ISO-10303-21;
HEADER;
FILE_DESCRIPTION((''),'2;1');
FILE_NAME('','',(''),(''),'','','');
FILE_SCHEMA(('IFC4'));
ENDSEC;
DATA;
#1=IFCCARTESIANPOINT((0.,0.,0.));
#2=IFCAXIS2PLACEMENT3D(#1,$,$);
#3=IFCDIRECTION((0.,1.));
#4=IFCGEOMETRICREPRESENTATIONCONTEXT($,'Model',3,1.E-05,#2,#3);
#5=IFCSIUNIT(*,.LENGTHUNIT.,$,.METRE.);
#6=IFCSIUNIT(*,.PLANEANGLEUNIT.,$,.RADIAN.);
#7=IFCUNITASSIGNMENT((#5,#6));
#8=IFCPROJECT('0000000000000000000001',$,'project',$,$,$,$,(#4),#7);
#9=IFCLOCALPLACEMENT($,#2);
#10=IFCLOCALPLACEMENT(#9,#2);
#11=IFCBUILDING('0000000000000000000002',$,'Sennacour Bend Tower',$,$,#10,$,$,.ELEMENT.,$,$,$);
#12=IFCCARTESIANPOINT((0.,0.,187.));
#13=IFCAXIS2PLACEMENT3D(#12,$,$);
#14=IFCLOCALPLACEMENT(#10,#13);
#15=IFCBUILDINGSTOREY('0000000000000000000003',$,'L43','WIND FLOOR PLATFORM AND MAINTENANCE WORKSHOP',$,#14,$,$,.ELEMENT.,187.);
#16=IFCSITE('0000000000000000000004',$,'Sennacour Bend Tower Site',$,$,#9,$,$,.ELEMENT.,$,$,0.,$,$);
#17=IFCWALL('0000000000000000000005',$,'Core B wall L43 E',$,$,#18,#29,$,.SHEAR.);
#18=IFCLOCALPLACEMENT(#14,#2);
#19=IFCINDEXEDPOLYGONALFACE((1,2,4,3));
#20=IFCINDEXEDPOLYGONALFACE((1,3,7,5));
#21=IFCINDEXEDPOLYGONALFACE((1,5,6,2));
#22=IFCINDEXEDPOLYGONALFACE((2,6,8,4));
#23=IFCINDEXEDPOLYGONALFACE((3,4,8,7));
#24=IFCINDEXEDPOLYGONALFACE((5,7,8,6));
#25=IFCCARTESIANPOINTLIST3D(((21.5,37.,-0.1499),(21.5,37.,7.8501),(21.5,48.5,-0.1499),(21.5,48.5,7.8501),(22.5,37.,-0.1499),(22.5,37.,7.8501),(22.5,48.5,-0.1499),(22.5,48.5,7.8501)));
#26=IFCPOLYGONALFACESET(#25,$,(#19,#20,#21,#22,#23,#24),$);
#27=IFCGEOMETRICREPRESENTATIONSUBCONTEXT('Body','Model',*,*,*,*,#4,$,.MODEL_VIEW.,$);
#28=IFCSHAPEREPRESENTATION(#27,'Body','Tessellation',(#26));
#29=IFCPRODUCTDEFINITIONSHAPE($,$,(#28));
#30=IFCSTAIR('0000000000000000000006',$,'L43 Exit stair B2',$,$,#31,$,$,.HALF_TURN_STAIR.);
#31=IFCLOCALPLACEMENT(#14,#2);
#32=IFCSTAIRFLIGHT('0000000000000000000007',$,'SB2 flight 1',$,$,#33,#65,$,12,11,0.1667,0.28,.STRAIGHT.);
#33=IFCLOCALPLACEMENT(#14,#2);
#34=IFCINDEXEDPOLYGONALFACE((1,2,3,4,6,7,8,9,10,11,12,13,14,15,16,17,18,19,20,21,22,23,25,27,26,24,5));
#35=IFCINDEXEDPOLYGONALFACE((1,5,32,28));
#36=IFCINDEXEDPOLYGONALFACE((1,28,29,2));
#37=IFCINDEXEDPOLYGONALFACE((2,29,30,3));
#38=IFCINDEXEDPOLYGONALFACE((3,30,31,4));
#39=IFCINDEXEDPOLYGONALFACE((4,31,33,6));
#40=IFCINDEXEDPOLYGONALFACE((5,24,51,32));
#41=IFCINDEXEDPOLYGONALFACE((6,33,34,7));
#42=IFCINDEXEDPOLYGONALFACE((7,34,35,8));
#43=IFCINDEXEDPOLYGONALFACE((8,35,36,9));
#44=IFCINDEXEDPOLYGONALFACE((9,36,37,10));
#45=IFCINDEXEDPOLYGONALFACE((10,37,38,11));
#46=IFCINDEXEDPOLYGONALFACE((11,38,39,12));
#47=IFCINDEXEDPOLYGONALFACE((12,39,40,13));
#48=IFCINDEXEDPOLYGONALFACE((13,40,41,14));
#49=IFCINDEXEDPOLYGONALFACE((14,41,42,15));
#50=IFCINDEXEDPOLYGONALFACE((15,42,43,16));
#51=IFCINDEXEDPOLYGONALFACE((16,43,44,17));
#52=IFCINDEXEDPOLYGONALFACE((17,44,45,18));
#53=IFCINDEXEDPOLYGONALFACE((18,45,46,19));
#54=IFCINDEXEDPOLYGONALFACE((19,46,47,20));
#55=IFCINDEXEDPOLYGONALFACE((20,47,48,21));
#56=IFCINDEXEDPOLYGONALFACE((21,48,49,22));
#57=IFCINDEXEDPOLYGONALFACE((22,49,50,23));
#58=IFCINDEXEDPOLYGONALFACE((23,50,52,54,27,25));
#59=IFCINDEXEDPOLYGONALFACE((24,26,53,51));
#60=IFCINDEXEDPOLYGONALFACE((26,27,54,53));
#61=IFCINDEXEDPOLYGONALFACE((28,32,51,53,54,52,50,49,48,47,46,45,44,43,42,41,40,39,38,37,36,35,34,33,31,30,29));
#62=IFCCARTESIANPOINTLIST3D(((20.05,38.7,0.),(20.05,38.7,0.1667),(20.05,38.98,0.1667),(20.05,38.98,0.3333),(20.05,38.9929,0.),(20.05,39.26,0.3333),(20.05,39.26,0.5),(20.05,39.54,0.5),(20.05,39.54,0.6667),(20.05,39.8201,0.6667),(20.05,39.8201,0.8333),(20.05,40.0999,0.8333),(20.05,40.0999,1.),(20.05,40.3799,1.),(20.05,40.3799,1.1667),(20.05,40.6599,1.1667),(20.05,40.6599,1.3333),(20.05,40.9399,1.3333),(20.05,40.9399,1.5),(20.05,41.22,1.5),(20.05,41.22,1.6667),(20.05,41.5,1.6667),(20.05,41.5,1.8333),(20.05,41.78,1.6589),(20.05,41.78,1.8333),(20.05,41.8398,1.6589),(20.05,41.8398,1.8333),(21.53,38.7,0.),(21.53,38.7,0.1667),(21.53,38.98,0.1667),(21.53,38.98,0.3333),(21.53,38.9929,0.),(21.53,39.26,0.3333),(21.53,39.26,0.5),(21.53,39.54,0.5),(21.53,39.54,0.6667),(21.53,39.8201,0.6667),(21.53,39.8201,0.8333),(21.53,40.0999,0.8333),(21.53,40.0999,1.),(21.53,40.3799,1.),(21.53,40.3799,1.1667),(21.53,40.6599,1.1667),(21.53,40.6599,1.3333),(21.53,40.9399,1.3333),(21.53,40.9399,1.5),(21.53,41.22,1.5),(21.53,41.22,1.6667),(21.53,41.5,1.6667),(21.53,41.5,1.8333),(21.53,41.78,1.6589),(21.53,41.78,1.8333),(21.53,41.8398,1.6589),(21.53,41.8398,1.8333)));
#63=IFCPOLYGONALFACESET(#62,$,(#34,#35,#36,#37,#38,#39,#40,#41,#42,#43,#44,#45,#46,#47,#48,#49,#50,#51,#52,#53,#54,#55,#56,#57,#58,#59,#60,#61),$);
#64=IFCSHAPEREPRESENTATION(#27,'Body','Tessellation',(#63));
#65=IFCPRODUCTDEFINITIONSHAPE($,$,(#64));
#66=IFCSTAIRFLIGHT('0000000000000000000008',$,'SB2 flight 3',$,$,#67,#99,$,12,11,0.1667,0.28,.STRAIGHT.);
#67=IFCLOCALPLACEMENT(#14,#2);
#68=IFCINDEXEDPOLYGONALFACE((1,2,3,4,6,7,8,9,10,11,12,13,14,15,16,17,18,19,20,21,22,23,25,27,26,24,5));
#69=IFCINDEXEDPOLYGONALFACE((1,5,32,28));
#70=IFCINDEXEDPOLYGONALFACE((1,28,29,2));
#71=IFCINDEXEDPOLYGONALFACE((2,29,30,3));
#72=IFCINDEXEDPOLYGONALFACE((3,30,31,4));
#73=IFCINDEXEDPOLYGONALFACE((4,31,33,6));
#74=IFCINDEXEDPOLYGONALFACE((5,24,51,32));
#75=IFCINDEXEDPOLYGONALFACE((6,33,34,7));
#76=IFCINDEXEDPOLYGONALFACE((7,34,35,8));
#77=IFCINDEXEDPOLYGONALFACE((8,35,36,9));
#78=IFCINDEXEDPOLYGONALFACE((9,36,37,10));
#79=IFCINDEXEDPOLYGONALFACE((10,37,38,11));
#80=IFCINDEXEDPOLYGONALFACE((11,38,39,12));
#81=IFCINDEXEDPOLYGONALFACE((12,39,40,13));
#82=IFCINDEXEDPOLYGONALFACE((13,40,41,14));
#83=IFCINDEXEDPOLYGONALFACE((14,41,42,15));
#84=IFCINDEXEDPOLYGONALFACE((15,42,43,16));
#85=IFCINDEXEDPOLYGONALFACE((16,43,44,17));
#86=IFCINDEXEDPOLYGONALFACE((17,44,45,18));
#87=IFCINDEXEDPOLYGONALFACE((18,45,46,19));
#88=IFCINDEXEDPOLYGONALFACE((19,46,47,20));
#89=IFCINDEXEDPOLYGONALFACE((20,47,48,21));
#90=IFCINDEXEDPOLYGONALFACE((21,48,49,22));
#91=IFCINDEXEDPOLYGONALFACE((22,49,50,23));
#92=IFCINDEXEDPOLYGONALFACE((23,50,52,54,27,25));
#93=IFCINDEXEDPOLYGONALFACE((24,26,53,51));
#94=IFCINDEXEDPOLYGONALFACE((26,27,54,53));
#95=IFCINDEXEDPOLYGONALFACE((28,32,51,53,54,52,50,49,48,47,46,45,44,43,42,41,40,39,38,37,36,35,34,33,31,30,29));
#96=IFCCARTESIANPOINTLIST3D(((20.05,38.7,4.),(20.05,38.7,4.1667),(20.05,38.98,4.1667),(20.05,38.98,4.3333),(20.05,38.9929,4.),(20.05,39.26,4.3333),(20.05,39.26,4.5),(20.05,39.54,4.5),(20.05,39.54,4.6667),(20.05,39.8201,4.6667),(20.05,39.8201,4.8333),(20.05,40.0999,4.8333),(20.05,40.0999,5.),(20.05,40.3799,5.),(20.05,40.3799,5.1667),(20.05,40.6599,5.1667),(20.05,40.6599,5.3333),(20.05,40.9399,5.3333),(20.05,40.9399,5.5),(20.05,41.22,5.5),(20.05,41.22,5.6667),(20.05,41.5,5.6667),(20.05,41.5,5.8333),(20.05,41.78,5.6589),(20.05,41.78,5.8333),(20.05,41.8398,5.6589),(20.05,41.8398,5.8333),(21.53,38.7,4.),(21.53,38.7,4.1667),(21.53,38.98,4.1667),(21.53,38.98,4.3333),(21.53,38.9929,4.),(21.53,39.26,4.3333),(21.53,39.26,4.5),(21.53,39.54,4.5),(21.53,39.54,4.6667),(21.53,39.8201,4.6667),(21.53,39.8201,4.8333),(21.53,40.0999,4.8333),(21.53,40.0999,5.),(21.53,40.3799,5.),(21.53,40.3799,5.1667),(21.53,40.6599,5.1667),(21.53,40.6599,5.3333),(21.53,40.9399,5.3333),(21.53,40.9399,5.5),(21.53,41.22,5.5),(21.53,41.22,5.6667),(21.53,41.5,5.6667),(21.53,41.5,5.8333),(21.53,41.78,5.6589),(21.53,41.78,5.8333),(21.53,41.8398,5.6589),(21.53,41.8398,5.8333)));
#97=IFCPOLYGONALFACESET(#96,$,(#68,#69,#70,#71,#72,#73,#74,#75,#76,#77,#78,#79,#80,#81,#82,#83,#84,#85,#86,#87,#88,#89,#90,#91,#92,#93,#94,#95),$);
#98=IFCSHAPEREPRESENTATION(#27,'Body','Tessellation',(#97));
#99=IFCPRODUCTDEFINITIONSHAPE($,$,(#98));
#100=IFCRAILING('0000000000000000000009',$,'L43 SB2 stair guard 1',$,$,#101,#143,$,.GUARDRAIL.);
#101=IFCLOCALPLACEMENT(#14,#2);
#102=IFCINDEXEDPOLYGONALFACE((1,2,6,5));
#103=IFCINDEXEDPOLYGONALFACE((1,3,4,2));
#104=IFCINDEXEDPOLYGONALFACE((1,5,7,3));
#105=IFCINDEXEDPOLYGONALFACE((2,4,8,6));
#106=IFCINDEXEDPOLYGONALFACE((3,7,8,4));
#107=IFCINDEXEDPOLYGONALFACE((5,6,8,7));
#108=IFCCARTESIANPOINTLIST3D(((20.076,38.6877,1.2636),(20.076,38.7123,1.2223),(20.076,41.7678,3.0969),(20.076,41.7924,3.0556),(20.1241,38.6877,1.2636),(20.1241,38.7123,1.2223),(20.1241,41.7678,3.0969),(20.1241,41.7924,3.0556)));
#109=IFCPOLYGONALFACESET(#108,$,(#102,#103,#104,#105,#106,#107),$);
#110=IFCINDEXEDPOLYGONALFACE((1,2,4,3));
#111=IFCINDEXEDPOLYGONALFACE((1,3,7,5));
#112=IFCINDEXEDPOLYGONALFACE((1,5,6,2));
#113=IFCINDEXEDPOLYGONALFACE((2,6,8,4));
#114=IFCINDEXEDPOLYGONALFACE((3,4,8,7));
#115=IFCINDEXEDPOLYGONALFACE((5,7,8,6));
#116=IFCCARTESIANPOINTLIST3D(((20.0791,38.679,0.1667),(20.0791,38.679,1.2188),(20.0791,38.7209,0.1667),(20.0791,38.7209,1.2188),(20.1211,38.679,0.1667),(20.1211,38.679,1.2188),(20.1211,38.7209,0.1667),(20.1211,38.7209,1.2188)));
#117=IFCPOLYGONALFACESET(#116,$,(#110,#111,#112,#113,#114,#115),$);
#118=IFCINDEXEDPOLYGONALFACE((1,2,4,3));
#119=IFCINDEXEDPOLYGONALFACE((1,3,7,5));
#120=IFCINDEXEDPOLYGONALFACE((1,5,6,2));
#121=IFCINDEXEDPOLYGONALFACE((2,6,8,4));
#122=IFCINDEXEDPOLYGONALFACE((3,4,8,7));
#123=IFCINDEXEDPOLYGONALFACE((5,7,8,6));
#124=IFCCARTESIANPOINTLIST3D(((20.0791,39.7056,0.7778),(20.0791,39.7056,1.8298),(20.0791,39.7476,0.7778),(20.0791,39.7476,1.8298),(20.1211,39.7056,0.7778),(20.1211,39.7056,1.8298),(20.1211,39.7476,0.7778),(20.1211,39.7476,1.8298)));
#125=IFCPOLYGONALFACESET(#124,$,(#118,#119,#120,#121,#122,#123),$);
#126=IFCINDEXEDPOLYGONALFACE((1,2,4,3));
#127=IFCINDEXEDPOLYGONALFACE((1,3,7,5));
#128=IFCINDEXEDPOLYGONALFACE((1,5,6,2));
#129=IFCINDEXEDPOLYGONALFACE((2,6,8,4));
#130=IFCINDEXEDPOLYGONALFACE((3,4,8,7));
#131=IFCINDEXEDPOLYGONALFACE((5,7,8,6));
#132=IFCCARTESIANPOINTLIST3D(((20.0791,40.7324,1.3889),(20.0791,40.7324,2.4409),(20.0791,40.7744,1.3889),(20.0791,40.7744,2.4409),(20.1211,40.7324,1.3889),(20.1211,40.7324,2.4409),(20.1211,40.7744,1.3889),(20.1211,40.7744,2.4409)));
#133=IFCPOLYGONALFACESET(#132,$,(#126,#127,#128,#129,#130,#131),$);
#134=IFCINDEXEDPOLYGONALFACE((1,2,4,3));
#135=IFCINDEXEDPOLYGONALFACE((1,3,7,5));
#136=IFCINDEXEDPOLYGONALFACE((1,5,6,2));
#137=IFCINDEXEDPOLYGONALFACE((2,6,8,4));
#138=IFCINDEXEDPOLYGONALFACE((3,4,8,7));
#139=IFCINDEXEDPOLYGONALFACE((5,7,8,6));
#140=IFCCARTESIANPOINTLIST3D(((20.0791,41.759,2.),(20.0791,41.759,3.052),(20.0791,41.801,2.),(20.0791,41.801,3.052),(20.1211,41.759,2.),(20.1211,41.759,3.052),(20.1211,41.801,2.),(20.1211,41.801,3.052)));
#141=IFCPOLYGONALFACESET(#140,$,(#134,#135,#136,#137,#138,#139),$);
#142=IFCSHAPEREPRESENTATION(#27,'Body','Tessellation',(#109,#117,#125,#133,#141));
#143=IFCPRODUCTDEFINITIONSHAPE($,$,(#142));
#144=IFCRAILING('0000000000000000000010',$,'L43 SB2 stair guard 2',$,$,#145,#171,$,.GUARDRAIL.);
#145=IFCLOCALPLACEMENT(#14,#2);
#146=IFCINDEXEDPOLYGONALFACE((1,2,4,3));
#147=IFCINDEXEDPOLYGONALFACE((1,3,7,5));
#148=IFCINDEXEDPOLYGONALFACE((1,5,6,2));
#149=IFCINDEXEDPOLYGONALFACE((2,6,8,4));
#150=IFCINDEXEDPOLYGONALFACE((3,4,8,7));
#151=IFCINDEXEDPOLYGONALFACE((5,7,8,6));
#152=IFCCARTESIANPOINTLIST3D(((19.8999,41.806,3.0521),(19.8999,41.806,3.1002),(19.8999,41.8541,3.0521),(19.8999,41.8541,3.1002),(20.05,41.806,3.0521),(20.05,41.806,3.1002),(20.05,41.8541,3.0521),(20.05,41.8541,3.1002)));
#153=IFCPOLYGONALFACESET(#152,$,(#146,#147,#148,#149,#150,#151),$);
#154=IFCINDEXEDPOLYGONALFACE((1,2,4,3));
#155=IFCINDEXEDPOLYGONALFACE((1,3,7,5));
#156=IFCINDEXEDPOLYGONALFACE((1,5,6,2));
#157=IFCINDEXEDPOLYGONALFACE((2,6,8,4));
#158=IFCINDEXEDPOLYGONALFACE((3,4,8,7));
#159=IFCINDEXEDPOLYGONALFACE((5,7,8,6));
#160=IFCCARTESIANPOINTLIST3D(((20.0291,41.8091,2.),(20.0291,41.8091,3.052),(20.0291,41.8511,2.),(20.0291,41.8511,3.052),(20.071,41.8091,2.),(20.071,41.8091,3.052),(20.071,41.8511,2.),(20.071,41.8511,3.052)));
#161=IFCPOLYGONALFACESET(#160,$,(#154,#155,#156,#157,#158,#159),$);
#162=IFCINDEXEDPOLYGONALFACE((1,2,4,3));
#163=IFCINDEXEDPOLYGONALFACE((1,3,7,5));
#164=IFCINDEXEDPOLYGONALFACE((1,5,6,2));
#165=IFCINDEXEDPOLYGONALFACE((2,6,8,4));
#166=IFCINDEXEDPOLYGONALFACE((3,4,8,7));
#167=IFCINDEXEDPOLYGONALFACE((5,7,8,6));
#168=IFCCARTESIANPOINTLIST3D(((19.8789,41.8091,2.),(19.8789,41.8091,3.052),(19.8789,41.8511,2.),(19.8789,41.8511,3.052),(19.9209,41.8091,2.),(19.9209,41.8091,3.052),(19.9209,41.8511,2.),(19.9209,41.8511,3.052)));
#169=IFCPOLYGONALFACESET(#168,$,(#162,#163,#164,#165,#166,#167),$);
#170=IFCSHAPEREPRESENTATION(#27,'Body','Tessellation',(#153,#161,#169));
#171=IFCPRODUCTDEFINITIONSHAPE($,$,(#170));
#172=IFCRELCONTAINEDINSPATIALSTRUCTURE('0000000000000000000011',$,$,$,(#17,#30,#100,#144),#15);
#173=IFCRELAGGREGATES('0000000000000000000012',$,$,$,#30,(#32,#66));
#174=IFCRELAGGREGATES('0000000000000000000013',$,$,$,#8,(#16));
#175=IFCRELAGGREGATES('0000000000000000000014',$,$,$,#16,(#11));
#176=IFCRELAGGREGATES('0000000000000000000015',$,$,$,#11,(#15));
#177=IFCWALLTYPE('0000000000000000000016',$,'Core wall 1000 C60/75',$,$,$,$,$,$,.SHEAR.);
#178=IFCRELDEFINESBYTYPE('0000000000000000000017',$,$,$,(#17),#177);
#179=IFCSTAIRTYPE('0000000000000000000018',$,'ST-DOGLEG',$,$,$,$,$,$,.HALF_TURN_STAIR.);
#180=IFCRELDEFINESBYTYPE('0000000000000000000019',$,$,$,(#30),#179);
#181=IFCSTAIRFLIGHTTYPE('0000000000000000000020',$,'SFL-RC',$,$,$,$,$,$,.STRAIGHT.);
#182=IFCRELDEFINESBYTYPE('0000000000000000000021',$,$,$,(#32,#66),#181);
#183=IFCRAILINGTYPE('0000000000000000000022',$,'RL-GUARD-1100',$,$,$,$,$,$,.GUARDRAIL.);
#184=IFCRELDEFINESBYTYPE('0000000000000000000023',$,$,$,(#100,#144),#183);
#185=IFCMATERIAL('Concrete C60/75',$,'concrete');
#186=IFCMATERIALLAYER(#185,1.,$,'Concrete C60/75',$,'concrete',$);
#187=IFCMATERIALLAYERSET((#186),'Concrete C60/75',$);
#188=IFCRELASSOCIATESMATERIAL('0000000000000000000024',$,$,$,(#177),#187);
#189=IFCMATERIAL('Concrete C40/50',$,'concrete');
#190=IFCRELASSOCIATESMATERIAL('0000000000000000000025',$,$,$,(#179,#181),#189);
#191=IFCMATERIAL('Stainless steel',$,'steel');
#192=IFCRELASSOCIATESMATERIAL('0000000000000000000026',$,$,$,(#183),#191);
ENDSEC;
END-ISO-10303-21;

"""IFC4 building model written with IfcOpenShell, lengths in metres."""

from ifc_helpers import new_model, si_unit, direction, frame, frame_2d, origin, origin_2d, place, context, subcontext, project, spatial, polyline, rectangle, outline, extrude, material, layer, layer_set, type_object, element, aggregate, save


model = new_model("IFC4")

# Units and contexts
model_context = context("Model", 3, precision=1e-05, world=origin(), true_north=direction((0.0, 1.0)))
body_context = subcontext(model_context, "Body", "Model", "MODEL_VIEW")
ifc_project = project(units=[si_unit("LENGTHUNIT", "METRE"), si_unit("PLANEANGLEUNIT", "RADIAN")], contexts=[model_context])

# Site, building, storey
site_placement = place(None, origin())
site = spatial("IfcSite", under=ifc_project, at=site_placement, Name="Sennacour Bend Tower Site", CompositionType="ELEMENT", RefElevation=0.0)
building_placement = place(site_placement, origin())
building = spatial("IfcBuilding", under=site, at=building_placement, Name="Sennacour Bend Tower", CompositionType="ELEMENT")
storey_placement = place(building_placement, frame((0.0, 0.0, 187.0)))
storey = spatial("IfcBuildingStorey", under=building, at=storey_placement, Name="L43", Description="WIND FLOOR PLATFORM AND MAINTENANCE WORKSHOP", CompositionType="ELEMENT", Elevation=187.0)

# Wall
ifc_material_1 = material(Name="Concrete C60/75", Category="concrete")
ifc_layer = layer(ifc_material_1, 1.0, Name="Concrete C60/75", Category="concrete")
ifc_layer_set = layer_set([ifc_layer], Name="Concrete C60/75")
wall_type = type_object("IfcWallType", Name="Core wall 1000 C60/75", PredefinedType="SHEAR", material=ifc_layer_set)
wall_placement = place(storey_placement, frame((22.0, 37.0, -0.1499), z_axis=(0.0, 0.0, 1.0), x_axis=(0.0, 1.0, 0.0)))
element("IfcWall", 1, at=wall_placement, inside=storey, type_object=wall_type, Name="Core B wall L43 E", PredefinedType="SHEAR", context=body_context, shape_type="SweptSolid", body=[
    extrude(rectangle(XDim=11.5, YDim=1.0, at=frame_2d((5.75, 0.0))), origin(), (0.0, 0.0, 1.0), 8.0),
])

# Stair, stair flights
ifc_material_2 = material(Name="Concrete C40/50", Category="concrete")
stair_type = type_object("IfcStairType", Name="ST-DOGLEG", PredefinedType="HALF_TURN_STAIR", material=ifc_material_2)
stair_placement = place(storey_placement, origin())
stair = element("IfcStair", 2, at=stair_placement, inside=storey, type_object=stair_type, Name="L43 Exit stair B2", PredefinedType="HALF_TURN_STAIR")
stair_flight_type = type_object("IfcStairFlightType", Name="SFL-RC", PredefinedType="STRAIGHT", material=ifc_material_2)
stair_flight_1_placement = place(storey_placement, frame((20.79, 38.7, 0.0), z_axis=(0.0, 0.0, 1.0), x_axis=(0.0, 1.0, 0.0)))
stair_flight_1 = element("IfcStairFlight", 3, at=stair_flight_1_placement, type_object=stair_flight_type, Name="SB2 flight 1", NumberOfRisers=12, NumberOfTreads=11, PredefinedType="STRAIGHT", RiserHeight=0.1667, TreadLength=0.28, context=body_context, shape_type="SweptSolid", body=[
    extrude(outline(polyline([(0.0, 0.0), (0.0, 0.1667), (0.28, 0.1667), (0.28, 0.3333), (0.5601, 0.3333), (0.5601, 0.5), (0.8401, 0.5), (0.8401, 0.6667), (1.1201, 0.6667), (1.1201, 0.8333), (1.3999, 0.8333), (1.3999, 1.0), (1.6799, 1.0), (1.6799, 1.1667), (1.96, 1.1667), (1.96, 1.3333), (2.24, 1.3333), (2.24, 1.5), (2.52, 1.5), (2.52, 1.6667), (2.8, 1.6667), (2.8, 1.8333), (3.0801, 1.8333), (3.1399, 1.8333), (3.1399, 1.6589), (3.0801, 1.6589), (0.293, 0.0), (0.0, 0.0)])), frame((0.0, 0.74, 0.0), z_axis=(0.0, -1.0, 0.0), x_axis=(1.0, 0.0, 0.0)), (0.0, 0.0, 1.0), 1.48),
])
stair_flight_2_placement = place(storey_placement, frame((20.79, 38.7, 4.0), z_axis=(0.0, 0.0, 1.0), x_axis=(0.0, 1.0, 0.0)))
stair_flight_2 = element("IfcStairFlight", 4, at=stair_flight_2_placement, type_object=stair_flight_type, Name="SB2 flight 3", NumberOfRisers=12, NumberOfTreads=11, PredefinedType="STRAIGHT", RiserHeight=0.1667, TreadLength=0.28, context=body_context, shape_type="SweptSolid", body=[
    extrude(outline(polyline([(0.0, 0.0), (0.0, 0.1667), (0.28, 0.1667), (0.28, 0.3333), (0.5601, 0.3333), (0.5601, 0.5), (0.8401, 0.5), (0.8401, 0.6667), (1.1201, 0.6667), (1.1201, 0.8333), (1.3999, 0.8333), (1.3999, 1.0), (1.6799, 1.0), (1.6799, 1.1667), (1.96, 1.1667), (1.96, 1.3333), (2.24, 1.3333), (2.24, 1.5), (2.52, 1.5), (2.52, 1.6667), (2.8, 1.6667), (2.8, 1.8333), (3.0801, 1.8333), (3.1399, 1.8333), (3.1399, 1.6589), (3.0801, 1.6589), (0.293, 0.0), (0.0, 0.0)])), frame((0.0, 0.74, 0.0), z_axis=(0.0, -1.0, 0.0), x_axis=(1.0, 0.0, 0.0)), (0.0, 0.0, 1.0), 1.48),
])
aggregate(stair, [stair_flight_1, stair_flight_2])

# Railings
ifc_material_3 = material(Name="Stainless steel", Category="steel")
railing_type_1 = type_object("IfcRailingType", Name="RL-GUARD-1100", PredefinedType="GUARDRAIL", material=ifc_material_3)
railing_1_placement = place(storey_placement, frame((20.1001, 38.7, 0.1667)))
element("IfcRailing", 5, at=railing_1_placement, inside=storey, type_object=railing_type_1, Name="L43 SB2 stair guard 1", PredefinedType="GUARDRAIL", context=body_context, shape_type="SweptSolid", body=[
    extrude(rectangle(XDim=0.0481, YDim=0.0481, at=origin_2d()), frame((0.0, 0.0, 1.0762), z_axis=(0.0, 0.859309, 0.511458), x_axis=(-1.0, 0.0, 0.0)), (0.0, 0.0, 1.0), 3.5845),
    extrude(rectangle(XDim=0.042, YDim=0.042, at=origin_2d()), origin(), (0.0, 0.0, 1.0), 1.052),
    extrude(rectangle(XDim=0.042, YDim=0.042, at=origin_2d()), frame((0.0, 1.0266, 0.6111)), (0.0, 0.0, 1.0), 1.052),
    extrude(rectangle(XDim=0.042, YDim=0.042, at=origin_2d()), frame((0.0, 2.0535, 1.2222)), (0.0, 0.0, 1.0), 1.052),
    extrude(rectangle(XDim=0.042, YDim=0.042, at=origin_2d()), frame((0.0, 3.0801, 1.8333)), (0.0, 0.0, 1.0), 1.052),
])
railing_2_placement = place(storey_placement, frame((20.05, 41.8301, 2.0)))
element("IfcRailing", 6, at=railing_2_placement, inside=storey, type_object=railing_type_1, Name="L43 SB2 stair guard 2", PredefinedType="GUARDRAIL", context=body_context, shape_type="SweptSolid", body=[
    extrude(rectangle(XDim=0.0481, YDim=0.0481, at=origin_2d()), frame((0.0, 0.0, 1.0762), z_axis=(-1.0, 0.0, 0.0), x_axis=(0.0, -1.0, 0.0)), (0.0, 0.0, 1.0), 0.1501),
    extrude(rectangle(XDim=0.042, YDim=0.042, at=origin_2d()), origin(), (0.0, 0.0, 1.0), 1.052),
    extrude(rectangle(XDim=0.042, YDim=0.042, at=origin_2d()), frame((-0.1501, 0.0, 0.0)), (0.0, 0.0, 1.0), 1.052),
])

save(model, "model.ifc")
